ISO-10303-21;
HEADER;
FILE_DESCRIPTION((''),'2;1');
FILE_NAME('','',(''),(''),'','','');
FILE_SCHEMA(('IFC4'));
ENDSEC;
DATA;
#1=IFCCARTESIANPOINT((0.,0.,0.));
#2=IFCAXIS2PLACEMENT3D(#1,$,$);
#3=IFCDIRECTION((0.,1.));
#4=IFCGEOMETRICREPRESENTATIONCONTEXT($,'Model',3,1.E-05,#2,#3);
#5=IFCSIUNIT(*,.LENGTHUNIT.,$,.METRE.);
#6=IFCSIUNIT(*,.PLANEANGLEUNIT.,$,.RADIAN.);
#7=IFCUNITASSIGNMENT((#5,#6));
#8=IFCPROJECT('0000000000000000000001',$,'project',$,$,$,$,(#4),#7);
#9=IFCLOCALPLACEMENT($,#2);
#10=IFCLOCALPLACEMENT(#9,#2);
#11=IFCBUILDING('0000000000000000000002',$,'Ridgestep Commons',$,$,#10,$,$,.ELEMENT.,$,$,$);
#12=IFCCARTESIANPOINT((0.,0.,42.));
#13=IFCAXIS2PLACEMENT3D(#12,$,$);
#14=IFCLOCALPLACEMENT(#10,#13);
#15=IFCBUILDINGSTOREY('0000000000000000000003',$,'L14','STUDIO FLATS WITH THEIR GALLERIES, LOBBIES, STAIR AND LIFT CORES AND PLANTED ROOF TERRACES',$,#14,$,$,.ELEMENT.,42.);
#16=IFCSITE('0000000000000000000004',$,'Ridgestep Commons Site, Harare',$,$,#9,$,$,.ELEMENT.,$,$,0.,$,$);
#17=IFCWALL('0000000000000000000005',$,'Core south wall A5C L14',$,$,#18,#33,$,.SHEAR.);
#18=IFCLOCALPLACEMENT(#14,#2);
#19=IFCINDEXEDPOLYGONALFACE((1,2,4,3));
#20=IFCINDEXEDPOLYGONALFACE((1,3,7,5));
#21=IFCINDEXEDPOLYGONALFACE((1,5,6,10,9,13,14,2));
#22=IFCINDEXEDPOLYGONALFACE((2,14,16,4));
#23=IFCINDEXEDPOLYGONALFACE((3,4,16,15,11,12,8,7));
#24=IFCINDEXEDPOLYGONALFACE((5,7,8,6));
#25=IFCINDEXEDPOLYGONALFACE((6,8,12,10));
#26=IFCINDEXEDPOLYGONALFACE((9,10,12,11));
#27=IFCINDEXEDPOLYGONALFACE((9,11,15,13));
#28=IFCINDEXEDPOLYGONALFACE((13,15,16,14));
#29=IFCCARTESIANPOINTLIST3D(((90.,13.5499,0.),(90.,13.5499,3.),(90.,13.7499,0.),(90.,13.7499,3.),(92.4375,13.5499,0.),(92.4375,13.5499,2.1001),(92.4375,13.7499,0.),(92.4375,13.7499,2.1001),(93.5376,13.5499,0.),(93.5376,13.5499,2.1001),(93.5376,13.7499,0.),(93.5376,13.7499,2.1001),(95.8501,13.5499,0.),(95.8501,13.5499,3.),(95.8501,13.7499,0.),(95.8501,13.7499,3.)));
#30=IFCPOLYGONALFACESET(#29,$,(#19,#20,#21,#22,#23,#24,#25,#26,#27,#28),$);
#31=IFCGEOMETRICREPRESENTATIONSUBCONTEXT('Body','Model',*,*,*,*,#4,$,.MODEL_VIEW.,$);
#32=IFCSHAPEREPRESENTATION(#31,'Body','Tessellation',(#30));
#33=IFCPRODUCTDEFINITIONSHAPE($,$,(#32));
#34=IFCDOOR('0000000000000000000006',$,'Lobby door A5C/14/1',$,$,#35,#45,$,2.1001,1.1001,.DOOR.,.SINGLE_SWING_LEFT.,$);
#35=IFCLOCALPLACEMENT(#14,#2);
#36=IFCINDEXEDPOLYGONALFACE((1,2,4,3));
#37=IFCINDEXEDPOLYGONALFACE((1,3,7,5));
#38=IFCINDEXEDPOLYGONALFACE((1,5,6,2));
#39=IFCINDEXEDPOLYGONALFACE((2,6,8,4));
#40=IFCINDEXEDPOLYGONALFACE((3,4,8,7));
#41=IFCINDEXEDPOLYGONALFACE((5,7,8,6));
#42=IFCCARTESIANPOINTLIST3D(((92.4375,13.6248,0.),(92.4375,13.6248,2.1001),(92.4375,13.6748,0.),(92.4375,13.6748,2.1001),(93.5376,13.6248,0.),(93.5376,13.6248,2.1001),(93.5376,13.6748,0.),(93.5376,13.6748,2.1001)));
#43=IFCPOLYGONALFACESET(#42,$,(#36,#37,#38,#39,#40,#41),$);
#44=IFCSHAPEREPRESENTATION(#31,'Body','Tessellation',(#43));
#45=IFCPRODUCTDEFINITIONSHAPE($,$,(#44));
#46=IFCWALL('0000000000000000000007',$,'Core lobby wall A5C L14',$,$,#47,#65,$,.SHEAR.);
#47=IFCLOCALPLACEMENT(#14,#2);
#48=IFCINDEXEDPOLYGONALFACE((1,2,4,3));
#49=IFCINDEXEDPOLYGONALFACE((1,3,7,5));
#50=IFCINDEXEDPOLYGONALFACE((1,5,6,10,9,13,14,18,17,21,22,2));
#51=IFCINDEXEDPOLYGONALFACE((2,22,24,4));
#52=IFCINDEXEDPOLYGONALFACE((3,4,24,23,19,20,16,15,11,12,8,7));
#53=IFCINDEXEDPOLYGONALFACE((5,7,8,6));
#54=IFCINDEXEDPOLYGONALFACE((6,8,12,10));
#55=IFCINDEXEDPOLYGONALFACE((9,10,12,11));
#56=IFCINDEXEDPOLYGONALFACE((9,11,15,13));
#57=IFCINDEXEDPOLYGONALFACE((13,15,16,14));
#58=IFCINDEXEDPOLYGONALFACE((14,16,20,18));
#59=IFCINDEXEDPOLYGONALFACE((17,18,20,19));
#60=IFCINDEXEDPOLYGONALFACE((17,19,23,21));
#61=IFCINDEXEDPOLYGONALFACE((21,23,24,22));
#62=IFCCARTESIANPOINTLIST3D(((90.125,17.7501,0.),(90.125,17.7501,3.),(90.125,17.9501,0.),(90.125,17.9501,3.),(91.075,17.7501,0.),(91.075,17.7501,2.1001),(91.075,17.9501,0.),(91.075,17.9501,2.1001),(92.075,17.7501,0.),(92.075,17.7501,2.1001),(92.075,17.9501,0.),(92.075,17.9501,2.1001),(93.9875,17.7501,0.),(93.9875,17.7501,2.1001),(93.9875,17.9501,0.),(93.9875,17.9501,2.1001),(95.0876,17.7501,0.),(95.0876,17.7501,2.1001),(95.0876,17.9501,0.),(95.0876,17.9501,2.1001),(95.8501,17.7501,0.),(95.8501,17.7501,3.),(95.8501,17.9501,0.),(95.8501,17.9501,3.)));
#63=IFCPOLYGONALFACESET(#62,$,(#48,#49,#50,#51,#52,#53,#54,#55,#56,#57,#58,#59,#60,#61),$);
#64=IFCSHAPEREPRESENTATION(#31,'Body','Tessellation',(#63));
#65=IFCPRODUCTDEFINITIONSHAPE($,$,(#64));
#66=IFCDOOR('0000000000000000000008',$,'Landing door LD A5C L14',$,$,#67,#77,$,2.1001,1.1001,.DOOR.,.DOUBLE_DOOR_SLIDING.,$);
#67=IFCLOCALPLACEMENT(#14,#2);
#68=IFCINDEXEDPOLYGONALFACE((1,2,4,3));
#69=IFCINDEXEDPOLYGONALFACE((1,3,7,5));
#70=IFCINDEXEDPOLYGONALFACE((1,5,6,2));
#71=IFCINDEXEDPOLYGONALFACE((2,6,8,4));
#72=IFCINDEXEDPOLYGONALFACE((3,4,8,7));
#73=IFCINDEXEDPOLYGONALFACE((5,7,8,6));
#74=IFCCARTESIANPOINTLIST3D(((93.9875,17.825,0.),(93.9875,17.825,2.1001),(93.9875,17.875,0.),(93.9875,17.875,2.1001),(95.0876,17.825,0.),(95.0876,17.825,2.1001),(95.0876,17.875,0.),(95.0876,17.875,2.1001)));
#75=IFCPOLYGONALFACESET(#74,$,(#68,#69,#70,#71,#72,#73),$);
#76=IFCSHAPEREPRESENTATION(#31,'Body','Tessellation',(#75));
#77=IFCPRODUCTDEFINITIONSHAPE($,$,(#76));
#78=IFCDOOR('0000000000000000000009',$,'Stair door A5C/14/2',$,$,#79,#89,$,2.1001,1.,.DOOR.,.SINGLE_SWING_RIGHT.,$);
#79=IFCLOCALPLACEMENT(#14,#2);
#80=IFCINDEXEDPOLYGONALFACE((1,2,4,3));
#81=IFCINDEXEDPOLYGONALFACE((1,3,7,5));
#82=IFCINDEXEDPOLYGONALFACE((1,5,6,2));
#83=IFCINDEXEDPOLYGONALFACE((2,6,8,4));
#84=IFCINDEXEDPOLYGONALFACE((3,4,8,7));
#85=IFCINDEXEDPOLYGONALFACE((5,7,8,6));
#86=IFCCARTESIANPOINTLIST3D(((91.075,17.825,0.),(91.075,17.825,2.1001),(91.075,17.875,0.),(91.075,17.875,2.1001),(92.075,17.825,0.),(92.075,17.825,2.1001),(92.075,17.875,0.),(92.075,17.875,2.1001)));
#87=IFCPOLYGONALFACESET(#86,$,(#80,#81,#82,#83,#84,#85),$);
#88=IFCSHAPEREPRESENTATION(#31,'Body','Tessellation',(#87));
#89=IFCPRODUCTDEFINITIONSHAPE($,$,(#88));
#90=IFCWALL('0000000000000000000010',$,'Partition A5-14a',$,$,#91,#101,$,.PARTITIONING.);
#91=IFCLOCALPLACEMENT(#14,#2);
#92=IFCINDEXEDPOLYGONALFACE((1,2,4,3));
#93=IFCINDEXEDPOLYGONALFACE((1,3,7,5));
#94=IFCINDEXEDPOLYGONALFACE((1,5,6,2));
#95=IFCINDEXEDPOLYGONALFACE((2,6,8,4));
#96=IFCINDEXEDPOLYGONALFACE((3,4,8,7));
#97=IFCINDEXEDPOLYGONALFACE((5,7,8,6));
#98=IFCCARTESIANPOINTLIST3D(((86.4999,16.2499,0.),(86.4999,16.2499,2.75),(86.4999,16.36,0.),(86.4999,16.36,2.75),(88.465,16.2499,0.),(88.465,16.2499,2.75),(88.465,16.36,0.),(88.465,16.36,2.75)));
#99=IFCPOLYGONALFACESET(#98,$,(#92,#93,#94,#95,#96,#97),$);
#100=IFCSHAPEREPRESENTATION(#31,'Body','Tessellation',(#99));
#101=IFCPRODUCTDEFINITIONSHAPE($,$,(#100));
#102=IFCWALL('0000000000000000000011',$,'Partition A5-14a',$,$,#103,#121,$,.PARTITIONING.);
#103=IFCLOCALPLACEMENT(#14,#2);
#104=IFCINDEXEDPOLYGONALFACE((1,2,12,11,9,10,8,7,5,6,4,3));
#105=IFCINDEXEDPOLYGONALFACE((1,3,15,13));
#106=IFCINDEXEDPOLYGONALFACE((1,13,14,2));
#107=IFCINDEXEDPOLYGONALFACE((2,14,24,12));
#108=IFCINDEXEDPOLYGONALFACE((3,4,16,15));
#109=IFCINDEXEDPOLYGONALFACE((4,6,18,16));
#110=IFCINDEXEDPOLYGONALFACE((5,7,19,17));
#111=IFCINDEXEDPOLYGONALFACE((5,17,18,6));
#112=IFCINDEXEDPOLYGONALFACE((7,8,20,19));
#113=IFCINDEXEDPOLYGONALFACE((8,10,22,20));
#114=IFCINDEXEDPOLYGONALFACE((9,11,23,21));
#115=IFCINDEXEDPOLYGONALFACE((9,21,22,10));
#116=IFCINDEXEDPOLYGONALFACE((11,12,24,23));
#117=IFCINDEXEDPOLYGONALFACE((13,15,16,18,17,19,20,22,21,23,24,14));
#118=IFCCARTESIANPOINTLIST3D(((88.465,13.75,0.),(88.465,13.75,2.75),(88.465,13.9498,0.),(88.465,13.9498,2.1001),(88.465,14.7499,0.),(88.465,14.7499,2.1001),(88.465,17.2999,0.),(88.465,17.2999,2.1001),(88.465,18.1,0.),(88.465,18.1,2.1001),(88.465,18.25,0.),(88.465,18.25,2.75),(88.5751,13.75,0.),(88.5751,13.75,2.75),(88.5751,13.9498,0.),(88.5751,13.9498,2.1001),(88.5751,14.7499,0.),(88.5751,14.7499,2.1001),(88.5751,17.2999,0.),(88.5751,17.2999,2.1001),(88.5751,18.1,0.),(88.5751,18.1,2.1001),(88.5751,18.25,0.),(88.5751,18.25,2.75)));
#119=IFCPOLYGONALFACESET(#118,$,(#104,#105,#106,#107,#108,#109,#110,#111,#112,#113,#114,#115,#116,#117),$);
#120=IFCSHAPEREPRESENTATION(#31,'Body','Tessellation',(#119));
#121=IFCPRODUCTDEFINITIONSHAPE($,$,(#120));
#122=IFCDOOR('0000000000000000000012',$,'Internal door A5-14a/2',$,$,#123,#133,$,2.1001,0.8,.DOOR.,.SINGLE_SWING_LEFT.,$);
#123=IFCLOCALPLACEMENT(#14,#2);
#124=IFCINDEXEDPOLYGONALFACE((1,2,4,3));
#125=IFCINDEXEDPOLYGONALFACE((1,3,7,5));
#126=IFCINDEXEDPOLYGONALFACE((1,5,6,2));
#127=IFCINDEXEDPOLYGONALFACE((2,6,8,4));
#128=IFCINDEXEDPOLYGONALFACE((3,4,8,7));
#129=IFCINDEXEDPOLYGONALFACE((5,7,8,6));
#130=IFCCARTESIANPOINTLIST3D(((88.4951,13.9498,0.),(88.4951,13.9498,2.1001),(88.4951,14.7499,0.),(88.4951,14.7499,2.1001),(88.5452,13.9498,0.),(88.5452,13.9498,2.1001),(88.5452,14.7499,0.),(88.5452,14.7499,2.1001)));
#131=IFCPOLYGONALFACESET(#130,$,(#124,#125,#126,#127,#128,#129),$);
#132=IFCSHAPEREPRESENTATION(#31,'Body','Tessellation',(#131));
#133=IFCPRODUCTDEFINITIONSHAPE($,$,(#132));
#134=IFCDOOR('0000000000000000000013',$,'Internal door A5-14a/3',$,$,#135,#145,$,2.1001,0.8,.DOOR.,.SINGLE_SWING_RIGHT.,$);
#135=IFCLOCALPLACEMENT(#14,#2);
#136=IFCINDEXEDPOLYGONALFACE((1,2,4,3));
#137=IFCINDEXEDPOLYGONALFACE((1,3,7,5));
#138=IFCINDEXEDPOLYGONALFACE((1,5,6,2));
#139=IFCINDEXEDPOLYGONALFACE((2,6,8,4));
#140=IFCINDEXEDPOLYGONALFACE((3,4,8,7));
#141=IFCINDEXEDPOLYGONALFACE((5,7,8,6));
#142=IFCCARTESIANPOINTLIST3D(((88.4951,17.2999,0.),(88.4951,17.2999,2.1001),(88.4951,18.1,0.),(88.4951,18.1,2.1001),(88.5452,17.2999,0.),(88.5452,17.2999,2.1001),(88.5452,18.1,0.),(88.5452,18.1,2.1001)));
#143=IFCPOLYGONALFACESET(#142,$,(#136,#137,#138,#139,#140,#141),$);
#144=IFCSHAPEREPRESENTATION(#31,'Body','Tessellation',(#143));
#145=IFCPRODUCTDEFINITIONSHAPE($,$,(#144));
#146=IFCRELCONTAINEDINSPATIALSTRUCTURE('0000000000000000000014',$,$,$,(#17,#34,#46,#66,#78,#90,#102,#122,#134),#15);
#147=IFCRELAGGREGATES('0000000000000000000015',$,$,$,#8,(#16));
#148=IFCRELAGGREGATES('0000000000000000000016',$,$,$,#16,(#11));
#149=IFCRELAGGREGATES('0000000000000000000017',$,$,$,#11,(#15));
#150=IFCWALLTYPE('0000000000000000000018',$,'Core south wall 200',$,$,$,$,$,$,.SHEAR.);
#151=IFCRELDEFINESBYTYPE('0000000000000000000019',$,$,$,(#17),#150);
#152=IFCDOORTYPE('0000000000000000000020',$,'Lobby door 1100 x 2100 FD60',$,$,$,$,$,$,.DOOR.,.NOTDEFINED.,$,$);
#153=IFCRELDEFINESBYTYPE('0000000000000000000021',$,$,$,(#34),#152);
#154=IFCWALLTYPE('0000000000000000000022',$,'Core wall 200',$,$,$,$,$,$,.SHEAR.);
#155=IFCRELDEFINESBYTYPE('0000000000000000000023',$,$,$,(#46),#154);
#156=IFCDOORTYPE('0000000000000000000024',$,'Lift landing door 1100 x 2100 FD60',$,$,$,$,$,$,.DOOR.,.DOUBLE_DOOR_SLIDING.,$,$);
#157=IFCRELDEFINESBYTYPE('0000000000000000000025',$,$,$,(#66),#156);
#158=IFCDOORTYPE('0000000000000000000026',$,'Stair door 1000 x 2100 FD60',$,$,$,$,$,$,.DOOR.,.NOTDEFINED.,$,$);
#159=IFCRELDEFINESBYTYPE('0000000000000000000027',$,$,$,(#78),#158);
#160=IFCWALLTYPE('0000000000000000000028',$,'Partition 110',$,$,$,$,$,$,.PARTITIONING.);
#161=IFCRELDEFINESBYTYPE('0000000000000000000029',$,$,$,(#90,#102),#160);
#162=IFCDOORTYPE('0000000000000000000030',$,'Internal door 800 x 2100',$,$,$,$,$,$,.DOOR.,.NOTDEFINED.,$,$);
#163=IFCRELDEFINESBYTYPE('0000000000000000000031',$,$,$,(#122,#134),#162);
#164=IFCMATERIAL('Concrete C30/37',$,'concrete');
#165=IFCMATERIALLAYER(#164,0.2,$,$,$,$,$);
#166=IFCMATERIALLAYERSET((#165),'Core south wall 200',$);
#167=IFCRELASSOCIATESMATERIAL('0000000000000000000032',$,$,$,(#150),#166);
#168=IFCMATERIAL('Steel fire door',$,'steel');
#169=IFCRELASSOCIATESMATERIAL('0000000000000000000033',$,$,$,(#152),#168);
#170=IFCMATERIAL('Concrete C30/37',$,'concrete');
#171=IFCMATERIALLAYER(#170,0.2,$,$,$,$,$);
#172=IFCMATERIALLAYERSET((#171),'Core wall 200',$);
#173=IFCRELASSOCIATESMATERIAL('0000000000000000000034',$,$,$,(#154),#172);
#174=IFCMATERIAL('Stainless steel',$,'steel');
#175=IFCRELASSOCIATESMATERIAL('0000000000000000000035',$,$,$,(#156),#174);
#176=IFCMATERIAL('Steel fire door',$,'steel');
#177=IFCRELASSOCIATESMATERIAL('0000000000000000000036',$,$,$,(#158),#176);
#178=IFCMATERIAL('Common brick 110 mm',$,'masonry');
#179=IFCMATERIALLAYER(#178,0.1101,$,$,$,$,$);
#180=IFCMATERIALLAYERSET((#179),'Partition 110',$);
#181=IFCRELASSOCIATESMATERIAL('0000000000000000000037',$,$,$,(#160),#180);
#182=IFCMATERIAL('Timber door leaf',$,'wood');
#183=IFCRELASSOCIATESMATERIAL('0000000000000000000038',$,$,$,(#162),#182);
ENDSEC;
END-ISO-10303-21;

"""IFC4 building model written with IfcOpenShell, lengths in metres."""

from ifc_helpers import new_model, si_unit, direction, frame, frame_2d, origin, place, context, subcontext, project, spatial, rectangle, extrude, material, layer, layer_set, type_object, element, fill, save


model = new_model("IFC4")

# Units and contexts
model_context = context("Model", 3, precision=1e-05, world=origin(), true_north=direction((0.0, 1.0)))
body_context = subcontext(model_context, "Body", "Model", "MODEL_VIEW")
ifc_project = project(units=[si_unit("LENGTHUNIT", "METRE"), si_unit("PLANEANGLEUNIT", "RADIAN")], contexts=[model_context])

# Site, building, storey
site_placement = place(None, origin())
site = spatial("IfcSite", under=ifc_project, at=site_placement, Name="Ridgestep Commons Site, Harare", CompositionType="ELEMENT", RefElevation=0.0)
building_placement = place(site_placement, origin())
building = spatial("IfcBuilding", under=site, at=building_placement, Name="Ridgestep Commons", CompositionType="ELEMENT")
storey_placement = place(building_placement, frame((0.0, 0.0, 42.0)))
storey = spatial("IfcBuildingStorey", under=building, at=storey_placement, Name="L14", Description="STUDIO FLATS WITH THEIR GALLERIES, LOBBIES, STAIR AND LIFT CORES AND PLANTED ROOF TERRACES", CompositionType="ELEMENT", Elevation=42.0)

# Wall, opening, door
ifc_material_1 = material(Name="Concrete C30/37", Category="concrete")
ifc_layer_1 = layer(ifc_material_1, 0.2)
ifc_layer_set_1 = layer_set([ifc_layer_1], Name="Core south wall 200")
wall_type_1 = type_object("IfcWallType", Name="Core south wall 200", PredefinedType="SHEAR", material=ifc_layer_set_1)
wall_1_placement = place(storey_placement, frame((90.0, 13.6499, 0.0), z_axis=(0.0, 0.0, 1.0), x_axis=(1.0, 0.0, 0.0)))
wall_1 = element("IfcWall", 1, at=wall_1_placement, inside=storey, type_object=wall_type_1, Name="Core south wall A5C L14", PredefinedType="SHEAR", context=body_context, shape_type="SweptSolid", body=[
    extrude(rectangle(XDim=5.8501, YDim=0.2, at=frame_2d((2.925, 0.0))), origin(), (0.0, 0.0, 1.0), 3.0),
])
opening_1_placement = place(wall_1_placement, frame((2.4375, 0.0, 0.0)))
opening_1 = element("IfcOpeningElement", 2, at=opening_1_placement, cuts=wall_1, PredefinedType="OPENING", context=body_context, shape_type="SweptSolid", body=[
    extrude(rectangle(XDim=1.1001, YDim=2.1001, at=frame_2d((0.55, 1.05))), frame((0.0, 0.1099, 0.0), z_axis=(0.0, -1.0, 0.0), x_axis=(1.0, 0.0, 0.0)), (0.0, 0.0, 1.0), 0.22),
])
ifc_material_2 = material(Name="Steel fire door", Category="steel")
door_type_1 = type_object("IfcDoorType", Name="Lobby door 1100 x 2100 FD60", OperationType="NOTDEFINED", PredefinedType="DOOR", material=ifc_material_2)
door_1_placement = place(opening_1_placement, origin())
door_1 = element("IfcDoor", 3, at=door_1_placement, inside=storey, type_object=door_type_1, Name="Lobby door A5C/14/1", OperationType="SINGLE_SWING_LEFT", OverallHeight=2.1001, OverallWidth=1.1001, PredefinedType="DOOR", context=body_context, shape_type="SweptSolid", body=[
    extrude(rectangle(XDim=1.1001, YDim=2.1001, at=frame_2d((0.55, 1.05))), frame((0.0, 0.0249, 0.0), z_axis=(0.0, -1.0, 0.0), x_axis=(1.0, 0.0, 0.0)), (0.0, 0.0, 1.0), 0.05),
])
fill(opening_1, door_1)

# Wall, openings, doors
ifc_material_3 = material(Name="Concrete C30/37", Category="concrete")
ifc_layer_2 = layer(ifc_material_3, 0.2)
ifc_layer_set_2 = layer_set([ifc_layer_2], Name="Core wall 200")
wall_type_2 = type_object("IfcWallType", Name="Core wall 200", PredefinedType="SHEAR", material=ifc_layer_set_2)
wall_2_placement = place(storey_placement, frame((90.125, 17.8501, 0.0), z_axis=(0.0, 0.0, 1.0), x_axis=(1.0, 0.0, 0.0)))
wall_2 = element("IfcWall", 4, at=wall_2_placement, inside=storey, type_object=wall_type_2, Name="Core lobby wall A5C L14", PredefinedType="SHEAR", context=body_context, shape_type="SweptSolid", body=[
    extrude(rectangle(XDim=5.7251, YDim=0.2, at=frame_2d((2.8625, 0.0))), origin(), (0.0, 0.0, 1.0), 3.0),
])
opening_2_placement = place(wall_2_placement, frame((0.95, 0.0, 0.0)))
opening_2 = element("IfcOpeningElement", 5, at=opening_2_placement, cuts=wall_2, PredefinedType="OPENING", context=body_context, shape_type="SweptSolid", body=[
    extrude(rectangle(XDim=1.0, YDim=2.1001, at=frame_2d((0.5, 1.05))), frame((0.0, 0.1099, 0.0), z_axis=(0.0, -1.0, 0.0), x_axis=(1.0, 0.0, 0.0)), (0.0, 0.0, 1.0), 0.22),
])
opening_3_placement = place(wall_2_placement, frame((3.8625, 0.0, 0.0)))
opening_3 = element("IfcOpeningElement", 6, at=opening_3_placement, cuts=wall_2, PredefinedType="OPENING", context=body_context, shape_type="SweptSolid", body=[
    extrude(rectangle(XDim=1.1001, YDim=2.1001, at=frame_2d((0.55, 1.05))), frame((0.0, 0.1099, 0.0), z_axis=(0.0, -1.0, 0.0), x_axis=(1.0, 0.0, 0.0)), (0.0, 0.0, 1.0), 0.22),
])
ifc_material_4 = material(Name="Stainless steel", Category="steel")
door_type_2 = type_object("IfcDoorType", Name="Lift landing door 1100 x 2100 FD60", OperationType="DOUBLE_DOOR_SLIDING", PredefinedType="DOOR", material=ifc_material_4)
door_2_placement = place(opening_3_placement, origin())
door_2 = element("IfcDoor", 7, at=door_2_placement, inside=storey, type_object=door_type_2, Name="Landing door LD A5C L14", OperationType="DOUBLE_DOOR_SLIDING", OverallHeight=2.1001, OverallWidth=1.1001, PredefinedType="DOOR", context=body_context, shape_type="SweptSolid", body=[
    extrude(rectangle(XDim=1.1001, YDim=2.1001, at=frame_2d((0.55, 1.05))), frame((0.0, 0.0249, 0.0), z_axis=(0.0, -1.0, 0.0), x_axis=(1.0, 0.0, 0.0)), (0.0, 0.0, 1.0), 0.05),
])
fill(opening_3, door_2)
ifc_material_5 = material(Name="Steel fire door", Category="steel")
door_type_3 = type_object("IfcDoorType", Name="Stair door 1000 x 2100 FD60", OperationType="NOTDEFINED", PredefinedType="DOOR", material=ifc_material_5)
door_3_placement = place(opening_2_placement, origin())
door_3 = element("IfcDoor", 8, at=door_3_placement, inside=storey, type_object=door_type_3, Name="Stair door A5C/14/2", OperationType="SINGLE_SWING_RIGHT", OverallHeight=2.1001, OverallWidth=1.0, PredefinedType="DOOR", context=body_context, shape_type="SweptSolid", body=[
    extrude(rectangle(XDim=1.0, YDim=2.1001, at=frame_2d((0.5, 1.05))), frame((0.0, 0.0249, 0.0), z_axis=(0.0, -1.0, 0.0), x_axis=(1.0, 0.0, 0.0)), (0.0, 0.0, 1.0), 0.05),
])
fill(opening_2, door_3)

# Wall
ifc_material_6 = material(Name="Common brick 110 mm", Category="masonry")
ifc_layer_3 = layer(ifc_material_6, 0.1101)
ifc_layer_set_3 = layer_set([ifc_layer_3], Name="Partition 110")
wall_type_3 = type_object("IfcWallType", Name="Partition 110", PredefinedType="PARTITIONING", material=ifc_layer_set_3)
wall_3_placement = place(storey_placement, frame((86.5, 16.3049, 0.0), z_axis=(0.0, 0.0, 1.0), x_axis=(1.0, 0.0, 0.0)))
element("IfcWall", 9, at=wall_3_placement, inside=storey, type_object=wall_type_3, Name="Partition A5-14a", PredefinedType="PARTITIONING", context=body_context, shape_type="SweptSolid", body=[
    extrude(rectangle(XDim=1.9651, YDim=0.1101, at=frame_2d((0.9824, 0.0))), origin(), (0.0, 0.0, 1.0), 2.75),
])

# Wall, openings, doors
wall_4_placement = place(storey_placement, frame((88.52, 13.75, 0.0), z_axis=(0.0, 0.0, 1.0), x_axis=(0.0, 1.0, 0.0)))
wall_4 = element("IfcWall", 10, at=wall_4_placement, inside=storey, type_object=wall_type_3, Name="Partition A5-14a", PredefinedType="PARTITIONING", context=body_context, shape_type="SweptSolid", body=[
    extrude(rectangle(XDim=4.5, YDim=0.1101, at=frame_2d((2.25, 0.0))), origin(), (0.0, 0.0, 1.0), 2.75),
])
opening_4_placement = place(wall_4_placement, frame((0.2, 0.0, 0.0)))
opening_4 = element("IfcOpeningElement", 11, at=opening_4_placement, cuts=wall_4, PredefinedType="OPENING", context=body_context, shape_type="SweptSolid", body=[
    extrude(rectangle(XDim=0.8, YDim=2.1001, at=frame_2d((0.3999, 1.05))), frame((0.0, 0.0649, 0.0), z_axis=(0.0, -1.0, 0.0), x_axis=(1.0, 0.0, 0.0)), (0.0, 0.0, 1.0), 0.1301),
])
opening_5_placement = place(wall_4_placement, frame((3.55, 0.0, 0.0)))
opening_5 = element("IfcOpeningElement", 12, at=opening_5_placement, cuts=wall_4, PredefinedType="OPENING", context=body_context, shape_type="SweptSolid", body=[
    extrude(rectangle(XDim=0.8, YDim=2.1001, at=frame_2d((0.3999, 1.05))), frame((0.0, 0.0649, 0.0), z_axis=(0.0, -1.0, 0.0), x_axis=(1.0, 0.0, 0.0)), (0.0, 0.0, 1.0), 0.1301),
])
ifc_material_7 = material(Name="Timber door leaf", Category="wood")
door_type_4 = type_object("IfcDoorType", Name="Internal door 800 x 2100", OperationType="NOTDEFINED", PredefinedType="DOOR", material=ifc_material_7)
door_4_placement = place(opening_4_placement, origin())
door_4 = element("IfcDoor", 13, at=door_4_placement, inside=storey, type_object=door_type_4, Name="Internal door A5-14a/2", OperationType="SINGLE_SWING_LEFT", OverallHeight=2.1001, OverallWidth=0.8, PredefinedType="DOOR", context=body_context, shape_type="SweptSolid", body=[
    extrude(rectangle(XDim=0.8, YDim=2.1001, at=frame_2d((0.3999, 1.05))), frame((0.0, 0.0249, 0.0), z_axis=(0.0, -1.0, 0.0), x_axis=(1.0, 0.0, 0.0)), (0.0, 0.0, 1.0), 0.05),
])
fill(opening_4, door_4)
door_5_placement = place(opening_5_placement, origin())
door_5 = element("IfcDoor", 14, at=door_5_placement, inside=storey, type_object=door_type_4, Name="Internal door A5-14a/3", OperationType="SINGLE_SWING_RIGHT", OverallHeight=2.1001, OverallWidth=0.8, PredefinedType="DOOR", context=body_context, shape_type="SweptSolid", body=[
    extrude(rectangle(XDim=0.8, YDim=2.1001, at=frame_2d((0.3999, 1.05))), frame((0.0, 0.0249, 0.0), z_axis=(0.0, -1.0, 0.0), x_axis=(1.0, 0.0, 0.0)), (0.0, 0.0, 1.0), 0.05),
])
fill(opening_5, door_5)

save(model, "model.ifc")
